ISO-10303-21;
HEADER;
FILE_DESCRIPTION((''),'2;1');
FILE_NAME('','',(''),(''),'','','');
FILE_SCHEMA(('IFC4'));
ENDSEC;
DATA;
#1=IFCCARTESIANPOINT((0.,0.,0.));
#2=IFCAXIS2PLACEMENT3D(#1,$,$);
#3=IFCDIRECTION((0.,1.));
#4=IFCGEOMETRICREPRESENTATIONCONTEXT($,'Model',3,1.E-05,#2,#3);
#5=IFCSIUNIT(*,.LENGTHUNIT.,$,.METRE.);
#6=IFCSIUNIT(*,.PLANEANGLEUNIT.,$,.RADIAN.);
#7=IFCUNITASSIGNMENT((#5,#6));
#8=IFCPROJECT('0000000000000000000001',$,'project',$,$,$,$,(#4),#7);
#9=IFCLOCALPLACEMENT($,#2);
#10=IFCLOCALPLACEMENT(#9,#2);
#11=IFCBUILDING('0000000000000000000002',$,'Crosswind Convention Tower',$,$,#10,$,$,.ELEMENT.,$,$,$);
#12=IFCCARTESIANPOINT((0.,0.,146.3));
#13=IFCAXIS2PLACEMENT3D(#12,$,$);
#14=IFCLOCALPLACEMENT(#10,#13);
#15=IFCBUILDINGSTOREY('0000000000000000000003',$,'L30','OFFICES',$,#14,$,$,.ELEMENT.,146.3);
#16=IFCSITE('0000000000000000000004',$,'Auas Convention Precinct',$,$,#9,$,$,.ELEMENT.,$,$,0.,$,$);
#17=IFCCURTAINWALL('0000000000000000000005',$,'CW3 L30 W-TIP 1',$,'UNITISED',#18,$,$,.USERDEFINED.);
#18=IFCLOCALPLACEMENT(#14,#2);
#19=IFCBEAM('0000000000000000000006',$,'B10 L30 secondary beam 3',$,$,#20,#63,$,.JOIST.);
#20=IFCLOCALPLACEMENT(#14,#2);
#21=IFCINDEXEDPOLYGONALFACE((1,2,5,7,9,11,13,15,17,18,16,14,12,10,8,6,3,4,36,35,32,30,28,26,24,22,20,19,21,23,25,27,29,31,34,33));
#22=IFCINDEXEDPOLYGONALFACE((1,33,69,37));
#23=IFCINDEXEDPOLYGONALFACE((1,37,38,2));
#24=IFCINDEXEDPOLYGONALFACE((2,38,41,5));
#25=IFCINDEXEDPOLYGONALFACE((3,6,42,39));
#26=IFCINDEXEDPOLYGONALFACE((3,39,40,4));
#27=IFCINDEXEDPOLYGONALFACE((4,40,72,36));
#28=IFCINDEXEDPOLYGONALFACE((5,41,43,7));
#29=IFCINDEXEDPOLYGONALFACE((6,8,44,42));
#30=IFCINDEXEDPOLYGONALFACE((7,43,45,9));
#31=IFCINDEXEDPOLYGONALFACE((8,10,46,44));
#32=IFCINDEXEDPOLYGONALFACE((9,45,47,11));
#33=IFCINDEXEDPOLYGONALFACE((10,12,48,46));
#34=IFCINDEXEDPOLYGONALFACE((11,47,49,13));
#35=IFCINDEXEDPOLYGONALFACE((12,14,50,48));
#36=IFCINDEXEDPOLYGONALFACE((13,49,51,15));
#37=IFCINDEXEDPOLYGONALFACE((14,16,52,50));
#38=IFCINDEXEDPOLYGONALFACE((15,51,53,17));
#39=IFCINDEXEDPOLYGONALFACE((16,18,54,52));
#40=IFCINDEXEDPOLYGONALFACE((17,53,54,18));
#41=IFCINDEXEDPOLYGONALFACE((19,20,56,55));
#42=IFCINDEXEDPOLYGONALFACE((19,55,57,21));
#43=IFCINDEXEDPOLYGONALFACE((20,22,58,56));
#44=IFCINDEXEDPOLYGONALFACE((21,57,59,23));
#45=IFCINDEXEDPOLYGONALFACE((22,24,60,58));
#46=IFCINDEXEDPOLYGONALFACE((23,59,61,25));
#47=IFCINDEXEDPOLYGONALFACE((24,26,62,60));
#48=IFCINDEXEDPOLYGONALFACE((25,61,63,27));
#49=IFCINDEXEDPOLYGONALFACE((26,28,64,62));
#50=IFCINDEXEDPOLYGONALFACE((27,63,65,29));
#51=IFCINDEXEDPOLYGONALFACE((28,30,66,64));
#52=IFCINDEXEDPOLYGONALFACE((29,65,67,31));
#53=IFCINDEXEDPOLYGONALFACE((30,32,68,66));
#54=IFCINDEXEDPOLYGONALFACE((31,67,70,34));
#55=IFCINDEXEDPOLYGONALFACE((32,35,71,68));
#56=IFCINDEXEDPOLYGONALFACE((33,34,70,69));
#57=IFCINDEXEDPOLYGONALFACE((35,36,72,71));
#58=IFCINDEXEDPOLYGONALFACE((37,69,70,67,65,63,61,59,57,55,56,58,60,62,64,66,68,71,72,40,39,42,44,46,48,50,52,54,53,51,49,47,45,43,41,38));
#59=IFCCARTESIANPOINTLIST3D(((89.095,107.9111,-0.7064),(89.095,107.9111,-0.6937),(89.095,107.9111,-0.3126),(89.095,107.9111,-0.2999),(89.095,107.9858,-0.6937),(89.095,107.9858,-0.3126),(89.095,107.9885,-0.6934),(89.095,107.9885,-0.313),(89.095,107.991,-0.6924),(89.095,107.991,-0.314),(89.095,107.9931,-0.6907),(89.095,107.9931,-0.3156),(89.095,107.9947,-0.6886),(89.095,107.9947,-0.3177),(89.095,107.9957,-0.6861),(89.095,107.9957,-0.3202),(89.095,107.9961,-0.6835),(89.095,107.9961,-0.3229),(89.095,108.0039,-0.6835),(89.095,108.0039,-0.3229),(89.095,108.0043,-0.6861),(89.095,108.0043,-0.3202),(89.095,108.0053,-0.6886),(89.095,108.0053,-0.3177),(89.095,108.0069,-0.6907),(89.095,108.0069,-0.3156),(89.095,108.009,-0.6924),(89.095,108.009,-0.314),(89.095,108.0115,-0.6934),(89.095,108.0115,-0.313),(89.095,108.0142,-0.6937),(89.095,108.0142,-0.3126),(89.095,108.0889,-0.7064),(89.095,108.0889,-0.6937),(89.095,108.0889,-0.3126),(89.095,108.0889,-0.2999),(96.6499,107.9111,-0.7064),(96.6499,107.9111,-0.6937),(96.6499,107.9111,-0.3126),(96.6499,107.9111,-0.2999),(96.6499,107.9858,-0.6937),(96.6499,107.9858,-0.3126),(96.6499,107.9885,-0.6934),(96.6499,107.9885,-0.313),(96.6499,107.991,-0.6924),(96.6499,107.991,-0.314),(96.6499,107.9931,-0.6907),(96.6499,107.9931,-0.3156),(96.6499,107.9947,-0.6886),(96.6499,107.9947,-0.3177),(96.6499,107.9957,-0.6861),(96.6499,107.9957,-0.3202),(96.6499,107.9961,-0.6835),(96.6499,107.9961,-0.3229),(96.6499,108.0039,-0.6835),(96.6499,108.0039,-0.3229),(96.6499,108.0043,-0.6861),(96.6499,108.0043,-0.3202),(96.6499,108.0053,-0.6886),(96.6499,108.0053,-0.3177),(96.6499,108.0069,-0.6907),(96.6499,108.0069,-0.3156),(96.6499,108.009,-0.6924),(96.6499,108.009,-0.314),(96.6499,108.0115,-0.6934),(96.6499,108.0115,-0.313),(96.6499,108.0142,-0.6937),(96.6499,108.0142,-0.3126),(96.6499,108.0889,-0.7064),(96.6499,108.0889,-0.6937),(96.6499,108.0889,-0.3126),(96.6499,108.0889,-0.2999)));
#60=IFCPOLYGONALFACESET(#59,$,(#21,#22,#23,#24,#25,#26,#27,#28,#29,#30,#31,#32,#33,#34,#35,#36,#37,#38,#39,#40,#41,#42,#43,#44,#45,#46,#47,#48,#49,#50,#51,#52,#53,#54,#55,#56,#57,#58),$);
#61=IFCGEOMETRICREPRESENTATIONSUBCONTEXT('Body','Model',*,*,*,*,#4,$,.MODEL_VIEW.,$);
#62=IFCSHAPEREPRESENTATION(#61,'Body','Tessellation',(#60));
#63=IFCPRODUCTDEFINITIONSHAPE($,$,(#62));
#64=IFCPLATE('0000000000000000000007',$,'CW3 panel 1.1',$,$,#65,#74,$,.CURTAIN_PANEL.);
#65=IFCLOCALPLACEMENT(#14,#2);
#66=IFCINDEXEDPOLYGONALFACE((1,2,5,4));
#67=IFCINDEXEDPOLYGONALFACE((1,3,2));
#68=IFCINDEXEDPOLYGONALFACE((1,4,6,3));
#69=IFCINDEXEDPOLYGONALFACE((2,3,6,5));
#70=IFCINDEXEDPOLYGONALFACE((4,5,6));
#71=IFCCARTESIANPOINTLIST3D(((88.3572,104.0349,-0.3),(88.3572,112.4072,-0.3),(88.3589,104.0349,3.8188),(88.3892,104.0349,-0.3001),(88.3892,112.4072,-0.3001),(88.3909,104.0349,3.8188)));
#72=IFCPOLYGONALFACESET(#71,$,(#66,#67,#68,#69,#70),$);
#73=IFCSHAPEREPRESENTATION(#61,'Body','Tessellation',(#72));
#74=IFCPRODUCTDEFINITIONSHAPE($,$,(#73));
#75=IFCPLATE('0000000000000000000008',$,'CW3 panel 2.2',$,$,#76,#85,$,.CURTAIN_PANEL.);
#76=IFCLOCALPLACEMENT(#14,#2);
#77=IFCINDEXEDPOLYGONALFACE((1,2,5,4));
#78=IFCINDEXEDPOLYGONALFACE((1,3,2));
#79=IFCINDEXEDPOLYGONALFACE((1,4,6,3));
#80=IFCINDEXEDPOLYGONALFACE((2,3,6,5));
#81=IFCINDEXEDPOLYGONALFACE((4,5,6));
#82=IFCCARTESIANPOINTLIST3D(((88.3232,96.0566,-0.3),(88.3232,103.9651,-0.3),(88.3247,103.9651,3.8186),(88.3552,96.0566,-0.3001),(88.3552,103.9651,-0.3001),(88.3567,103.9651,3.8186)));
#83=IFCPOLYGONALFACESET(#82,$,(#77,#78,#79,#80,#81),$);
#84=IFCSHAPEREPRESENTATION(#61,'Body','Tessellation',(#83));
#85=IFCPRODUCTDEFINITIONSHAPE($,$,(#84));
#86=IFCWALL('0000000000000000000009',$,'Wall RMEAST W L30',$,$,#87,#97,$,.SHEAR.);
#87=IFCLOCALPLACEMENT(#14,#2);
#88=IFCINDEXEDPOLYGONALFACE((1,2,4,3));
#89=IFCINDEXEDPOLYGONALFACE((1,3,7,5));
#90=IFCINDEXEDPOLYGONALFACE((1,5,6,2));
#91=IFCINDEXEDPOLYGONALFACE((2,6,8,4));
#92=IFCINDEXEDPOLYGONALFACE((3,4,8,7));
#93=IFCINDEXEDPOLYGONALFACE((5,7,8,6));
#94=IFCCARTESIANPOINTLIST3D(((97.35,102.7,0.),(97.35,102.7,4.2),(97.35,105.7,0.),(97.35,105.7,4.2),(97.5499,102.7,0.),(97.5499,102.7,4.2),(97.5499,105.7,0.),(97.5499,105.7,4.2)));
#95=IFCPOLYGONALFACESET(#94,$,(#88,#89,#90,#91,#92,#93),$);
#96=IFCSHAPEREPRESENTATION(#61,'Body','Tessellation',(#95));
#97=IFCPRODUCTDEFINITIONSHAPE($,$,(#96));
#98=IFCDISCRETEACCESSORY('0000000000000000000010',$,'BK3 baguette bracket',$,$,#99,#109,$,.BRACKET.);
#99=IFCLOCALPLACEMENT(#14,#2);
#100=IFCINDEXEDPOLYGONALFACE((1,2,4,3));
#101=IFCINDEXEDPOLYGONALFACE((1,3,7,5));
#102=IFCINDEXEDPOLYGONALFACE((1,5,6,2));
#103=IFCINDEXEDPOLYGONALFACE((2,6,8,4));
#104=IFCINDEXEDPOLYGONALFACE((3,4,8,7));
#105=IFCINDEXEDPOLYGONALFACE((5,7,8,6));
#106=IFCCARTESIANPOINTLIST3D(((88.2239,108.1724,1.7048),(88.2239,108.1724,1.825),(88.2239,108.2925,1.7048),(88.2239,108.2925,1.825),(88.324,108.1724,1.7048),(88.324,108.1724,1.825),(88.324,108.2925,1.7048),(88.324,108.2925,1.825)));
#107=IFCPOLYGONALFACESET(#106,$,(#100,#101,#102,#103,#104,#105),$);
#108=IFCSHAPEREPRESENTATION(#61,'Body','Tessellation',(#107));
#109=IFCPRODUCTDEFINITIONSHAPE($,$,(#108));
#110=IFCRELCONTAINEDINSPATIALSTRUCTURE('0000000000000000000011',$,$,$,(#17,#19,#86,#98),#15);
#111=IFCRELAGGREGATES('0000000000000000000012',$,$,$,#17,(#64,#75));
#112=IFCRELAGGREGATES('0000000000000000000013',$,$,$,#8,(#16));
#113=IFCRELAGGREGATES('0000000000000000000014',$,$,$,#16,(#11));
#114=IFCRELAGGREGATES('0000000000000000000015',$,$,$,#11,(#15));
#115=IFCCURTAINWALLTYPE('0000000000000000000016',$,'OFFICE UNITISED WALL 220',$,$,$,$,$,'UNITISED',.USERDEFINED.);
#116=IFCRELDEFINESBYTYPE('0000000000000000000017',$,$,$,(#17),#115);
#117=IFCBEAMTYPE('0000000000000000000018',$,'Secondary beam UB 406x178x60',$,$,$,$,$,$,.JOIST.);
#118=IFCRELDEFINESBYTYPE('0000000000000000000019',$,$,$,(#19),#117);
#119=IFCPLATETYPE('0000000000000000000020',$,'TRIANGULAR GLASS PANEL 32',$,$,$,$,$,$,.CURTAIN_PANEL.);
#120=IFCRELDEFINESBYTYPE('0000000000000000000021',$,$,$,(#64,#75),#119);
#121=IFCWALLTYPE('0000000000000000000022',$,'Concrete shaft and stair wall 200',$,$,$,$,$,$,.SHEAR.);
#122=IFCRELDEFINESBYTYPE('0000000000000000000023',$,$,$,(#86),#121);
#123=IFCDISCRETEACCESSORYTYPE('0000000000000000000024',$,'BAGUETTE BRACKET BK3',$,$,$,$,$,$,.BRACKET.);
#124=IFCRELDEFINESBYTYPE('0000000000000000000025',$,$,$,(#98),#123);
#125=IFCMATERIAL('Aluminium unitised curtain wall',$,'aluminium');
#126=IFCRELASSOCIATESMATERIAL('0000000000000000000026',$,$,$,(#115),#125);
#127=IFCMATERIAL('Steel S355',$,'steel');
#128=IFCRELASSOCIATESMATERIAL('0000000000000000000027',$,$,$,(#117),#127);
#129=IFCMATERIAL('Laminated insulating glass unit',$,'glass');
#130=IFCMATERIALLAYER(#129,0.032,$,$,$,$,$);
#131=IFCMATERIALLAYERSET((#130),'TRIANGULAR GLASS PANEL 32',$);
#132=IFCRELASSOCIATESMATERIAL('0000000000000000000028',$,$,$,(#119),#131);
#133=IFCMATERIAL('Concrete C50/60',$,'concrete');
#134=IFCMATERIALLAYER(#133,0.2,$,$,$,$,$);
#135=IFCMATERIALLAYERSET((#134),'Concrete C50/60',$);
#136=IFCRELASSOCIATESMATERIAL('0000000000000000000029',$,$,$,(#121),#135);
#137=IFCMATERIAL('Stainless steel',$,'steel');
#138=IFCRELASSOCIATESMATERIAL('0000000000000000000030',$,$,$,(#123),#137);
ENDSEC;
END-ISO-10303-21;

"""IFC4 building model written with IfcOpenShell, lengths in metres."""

from ifc_helpers import new_model, si_unit, direction, frame, frame_2d, origin, origin_2d, place, context, subcontext, project, spatial, polyline, rectangle, i_section, outline, extrude, material, layer, layer_set, material_profile, profile_set, type_object, element, aggregate, save


model = new_model("IFC4")

# Units and contexts
model_context = context("Model", 3, precision=1e-05, world=origin(), true_north=direction((0.0, 1.0)))
body_context = subcontext(model_context, "Body", "Model", "MODEL_VIEW")
ifc_project = project(units=[si_unit("LENGTHUNIT", "METRE"), si_unit("PLANEANGLEUNIT", "RADIAN")], contexts=[model_context])

# Site, building, storey
site_placement = place(None, origin())
site = spatial("IfcSite", under=ifc_project, at=site_placement, Name="Auas Convention Precinct", CompositionType="ELEMENT", RefElevation=0.0)
building_placement = place(site_placement, origin())
building = spatial("IfcBuilding", under=site, at=building_placement, Name="Crosswind Convention Tower", CompositionType="ELEMENT")
storey_placement = place(building_placement, frame((0.0, 0.0, 146.3)))
storey = spatial("IfcBuildingStorey", under=building, at=storey_placement, Name="L30", Description="OFFICES", CompositionType="ELEMENT", Elevation=146.3)

# Shared definitions
ifc_material_1 = material(Name="Steel S355", Category="steel")

# Curtain wall
ifc_material_2 = material(Name="Aluminium unitised curtain wall", Category="aluminium")
curtain_wall_type = type_object("IfcCurtainWallType", Name="OFFICE UNITISED WALL 220", ElementType="UNITISED", PredefinedType="USERDEFINED", material=ifc_material_2)
curtain_wall_placement = place(storey_placement, origin())
curtain_wall = element("IfcCurtainWall", 1, at=curtain_wall_placement, inside=storey, type_object=curtain_wall_type, Name="CW3 L30 W-TIP 1", ObjectType="UNITISED", PredefinedType="USERDEFINED")

# Beam
ifc_material_profile_1 = material_profile(ifc_material_1, i_section(OverallWidth=0.1777, OverallDepth=0.4065, WebThickness=0.0078, FlangeThickness=0.0127, FilletRadius=0.0103, at=origin_2d()), Name="UB 406x178x60")
ifc_profile_set_1 = profile_set([ifc_material_profile_1], Name="Steel S355")
beam_type_1 = type_object("IfcBeamType", Name="Secondary beam UB 406x178x60", PredefinedType="JOIST", material=ifc_profile_set_1)
for number, where, z_axis, x_axis, name in (
    (2, (89.095, 108.0, -0.5032), (1.0, 0.0, 0.0), (0.0, 1.0, 0.0), "B10 L30 secondary beam 3"),
):
    element("IfcBeam", number, at=place(storey_placement, frame(where, z_axis=z_axis, x_axis=x_axis)), inside=storey, type_object=beam_type_1, Name=name, PredefinedType="JOIST", context=body_context, shape_type="SweptSolid", body=[
        extrude(i_section(OverallWidth=0.1777, OverallDepth=0.4065, WebThickness=0.0078, FlangeThickness=0.0127, FilletRadius=0.0103, at=origin_2d()), origin(), (0.0, 0.0, 1.0), 7.5549),
    ])

# Plates
ifc_material_3 = material(Name="Laminated insulating glass unit", Category="glass")
ifc_layer_1 = layer(ifc_material_3, 0.032)
ifc_layer_set_1 = layer_set([ifc_layer_1], Name="TRIANGULAR GLASS PANEL 32")
plate_type = type_object("IfcPlateType", Name="TRIANGULAR GLASS PANEL 32", PredefinedType="CURTAIN_PANEL", material=ifc_layer_set_1)
plate_1_placement = place(storey_placement, frame((88.3572, 104.0349, -0.3), z_axis=(-1.0, 0.0, 0.000415), x_axis=(0.000415, 0.0, 1.0)))
plate_1 = element("IfcPlate", 3, at=plate_1_placement, type_object=plate_type, Name="CW3 panel 1.1", PredefinedType="CURTAIN_PANEL", context=body_context, shape_type="SweptSolid", body=[
    extrude(outline(polyline([(0.0, 0.0), (4.1189, 0.0), (0.0, 8.3723), (0.0, 0.0)])), origin(), (0.0, 0.0, -1.0), 0.032),
])
plate_2_placement = place(storey_placement, frame((88.3232, 103.9651, -0.3), z_axis=(-1.0, 0.0, 0.000356), x_axis=(0.0, -1.0, 0.0)))
plate_2 = element("IfcPlate", 4, at=plate_2_placement, type_object=plate_type, Name="CW3 panel 2.2", PredefinedType="CURTAIN_PANEL", context=body_context, shape_type="SweptSolid", body=[
    extrude(outline(polyline([(0.0, 0.0), (7.9084, 0.0), (0.0, 4.1187), (0.0, 0.0)])), origin(), (0.0, 0.0, -1.0), 0.032),
])
aggregate(curtain_wall, [plate_1, plate_2])

# Wall
ifc_material_4 = material(Name="Concrete C50/60", Category="concrete")
ifc_layer_2 = layer(ifc_material_4, 0.2)
ifc_layer_set_2 = layer_set([ifc_layer_2], Name="Concrete C50/60")
wall_type = type_object("IfcWallType", Name="Concrete shaft and stair wall 200", PredefinedType="SHEAR", material=ifc_layer_set_2)
wall_placement = place(storey_placement, frame((97.45, 105.7, 0.0), z_axis=(0.0, 0.0, 1.0), x_axis=(0.0, -1.0, 0.0)))
element("IfcWall", 5, at=wall_placement, inside=storey, type_object=wall_type, Name="Wall RMEAST W L30", PredefinedType="SHEAR", context=body_context, shape_type="SweptSolid", body=[
    extrude(rectangle(XDim=3.0, YDim=0.2, at=frame_2d((1.5, 0.0))), origin(), (0.0, 0.0, 1.0), 4.2),
])

# Discrete accessory
ifc_material_5 = material(Name="Stainless steel", Category="steel")
discrete_accessory_type = type_object("IfcDiscreteAccessoryType", Name="BAGUETTE BRACKET BK3", PredefinedType="BRACKET", material=ifc_material_5)
discrete_accessory_placement = place(storey_placement, frame((88.2739, 108.2324, 1.7048), z_axis=(0.0, 0.0, 1.0), x_axis=(0.0, -1.0, 0.0)))
element("IfcDiscreteAccessory", 6, at=discrete_accessory_placement, inside=storey, type_object=discrete_accessory_type, Name="BK3 baguette bracket", PredefinedType="BRACKET", context=body_context, shape_type="SweptSolid", body=[
    extrude(rectangle(XDim=0.1201, YDim=0.1001, at=origin_2d()), origin(), (0.0, 0.0, 1.0), 0.1201),
])

save(model, "model.ifc")
